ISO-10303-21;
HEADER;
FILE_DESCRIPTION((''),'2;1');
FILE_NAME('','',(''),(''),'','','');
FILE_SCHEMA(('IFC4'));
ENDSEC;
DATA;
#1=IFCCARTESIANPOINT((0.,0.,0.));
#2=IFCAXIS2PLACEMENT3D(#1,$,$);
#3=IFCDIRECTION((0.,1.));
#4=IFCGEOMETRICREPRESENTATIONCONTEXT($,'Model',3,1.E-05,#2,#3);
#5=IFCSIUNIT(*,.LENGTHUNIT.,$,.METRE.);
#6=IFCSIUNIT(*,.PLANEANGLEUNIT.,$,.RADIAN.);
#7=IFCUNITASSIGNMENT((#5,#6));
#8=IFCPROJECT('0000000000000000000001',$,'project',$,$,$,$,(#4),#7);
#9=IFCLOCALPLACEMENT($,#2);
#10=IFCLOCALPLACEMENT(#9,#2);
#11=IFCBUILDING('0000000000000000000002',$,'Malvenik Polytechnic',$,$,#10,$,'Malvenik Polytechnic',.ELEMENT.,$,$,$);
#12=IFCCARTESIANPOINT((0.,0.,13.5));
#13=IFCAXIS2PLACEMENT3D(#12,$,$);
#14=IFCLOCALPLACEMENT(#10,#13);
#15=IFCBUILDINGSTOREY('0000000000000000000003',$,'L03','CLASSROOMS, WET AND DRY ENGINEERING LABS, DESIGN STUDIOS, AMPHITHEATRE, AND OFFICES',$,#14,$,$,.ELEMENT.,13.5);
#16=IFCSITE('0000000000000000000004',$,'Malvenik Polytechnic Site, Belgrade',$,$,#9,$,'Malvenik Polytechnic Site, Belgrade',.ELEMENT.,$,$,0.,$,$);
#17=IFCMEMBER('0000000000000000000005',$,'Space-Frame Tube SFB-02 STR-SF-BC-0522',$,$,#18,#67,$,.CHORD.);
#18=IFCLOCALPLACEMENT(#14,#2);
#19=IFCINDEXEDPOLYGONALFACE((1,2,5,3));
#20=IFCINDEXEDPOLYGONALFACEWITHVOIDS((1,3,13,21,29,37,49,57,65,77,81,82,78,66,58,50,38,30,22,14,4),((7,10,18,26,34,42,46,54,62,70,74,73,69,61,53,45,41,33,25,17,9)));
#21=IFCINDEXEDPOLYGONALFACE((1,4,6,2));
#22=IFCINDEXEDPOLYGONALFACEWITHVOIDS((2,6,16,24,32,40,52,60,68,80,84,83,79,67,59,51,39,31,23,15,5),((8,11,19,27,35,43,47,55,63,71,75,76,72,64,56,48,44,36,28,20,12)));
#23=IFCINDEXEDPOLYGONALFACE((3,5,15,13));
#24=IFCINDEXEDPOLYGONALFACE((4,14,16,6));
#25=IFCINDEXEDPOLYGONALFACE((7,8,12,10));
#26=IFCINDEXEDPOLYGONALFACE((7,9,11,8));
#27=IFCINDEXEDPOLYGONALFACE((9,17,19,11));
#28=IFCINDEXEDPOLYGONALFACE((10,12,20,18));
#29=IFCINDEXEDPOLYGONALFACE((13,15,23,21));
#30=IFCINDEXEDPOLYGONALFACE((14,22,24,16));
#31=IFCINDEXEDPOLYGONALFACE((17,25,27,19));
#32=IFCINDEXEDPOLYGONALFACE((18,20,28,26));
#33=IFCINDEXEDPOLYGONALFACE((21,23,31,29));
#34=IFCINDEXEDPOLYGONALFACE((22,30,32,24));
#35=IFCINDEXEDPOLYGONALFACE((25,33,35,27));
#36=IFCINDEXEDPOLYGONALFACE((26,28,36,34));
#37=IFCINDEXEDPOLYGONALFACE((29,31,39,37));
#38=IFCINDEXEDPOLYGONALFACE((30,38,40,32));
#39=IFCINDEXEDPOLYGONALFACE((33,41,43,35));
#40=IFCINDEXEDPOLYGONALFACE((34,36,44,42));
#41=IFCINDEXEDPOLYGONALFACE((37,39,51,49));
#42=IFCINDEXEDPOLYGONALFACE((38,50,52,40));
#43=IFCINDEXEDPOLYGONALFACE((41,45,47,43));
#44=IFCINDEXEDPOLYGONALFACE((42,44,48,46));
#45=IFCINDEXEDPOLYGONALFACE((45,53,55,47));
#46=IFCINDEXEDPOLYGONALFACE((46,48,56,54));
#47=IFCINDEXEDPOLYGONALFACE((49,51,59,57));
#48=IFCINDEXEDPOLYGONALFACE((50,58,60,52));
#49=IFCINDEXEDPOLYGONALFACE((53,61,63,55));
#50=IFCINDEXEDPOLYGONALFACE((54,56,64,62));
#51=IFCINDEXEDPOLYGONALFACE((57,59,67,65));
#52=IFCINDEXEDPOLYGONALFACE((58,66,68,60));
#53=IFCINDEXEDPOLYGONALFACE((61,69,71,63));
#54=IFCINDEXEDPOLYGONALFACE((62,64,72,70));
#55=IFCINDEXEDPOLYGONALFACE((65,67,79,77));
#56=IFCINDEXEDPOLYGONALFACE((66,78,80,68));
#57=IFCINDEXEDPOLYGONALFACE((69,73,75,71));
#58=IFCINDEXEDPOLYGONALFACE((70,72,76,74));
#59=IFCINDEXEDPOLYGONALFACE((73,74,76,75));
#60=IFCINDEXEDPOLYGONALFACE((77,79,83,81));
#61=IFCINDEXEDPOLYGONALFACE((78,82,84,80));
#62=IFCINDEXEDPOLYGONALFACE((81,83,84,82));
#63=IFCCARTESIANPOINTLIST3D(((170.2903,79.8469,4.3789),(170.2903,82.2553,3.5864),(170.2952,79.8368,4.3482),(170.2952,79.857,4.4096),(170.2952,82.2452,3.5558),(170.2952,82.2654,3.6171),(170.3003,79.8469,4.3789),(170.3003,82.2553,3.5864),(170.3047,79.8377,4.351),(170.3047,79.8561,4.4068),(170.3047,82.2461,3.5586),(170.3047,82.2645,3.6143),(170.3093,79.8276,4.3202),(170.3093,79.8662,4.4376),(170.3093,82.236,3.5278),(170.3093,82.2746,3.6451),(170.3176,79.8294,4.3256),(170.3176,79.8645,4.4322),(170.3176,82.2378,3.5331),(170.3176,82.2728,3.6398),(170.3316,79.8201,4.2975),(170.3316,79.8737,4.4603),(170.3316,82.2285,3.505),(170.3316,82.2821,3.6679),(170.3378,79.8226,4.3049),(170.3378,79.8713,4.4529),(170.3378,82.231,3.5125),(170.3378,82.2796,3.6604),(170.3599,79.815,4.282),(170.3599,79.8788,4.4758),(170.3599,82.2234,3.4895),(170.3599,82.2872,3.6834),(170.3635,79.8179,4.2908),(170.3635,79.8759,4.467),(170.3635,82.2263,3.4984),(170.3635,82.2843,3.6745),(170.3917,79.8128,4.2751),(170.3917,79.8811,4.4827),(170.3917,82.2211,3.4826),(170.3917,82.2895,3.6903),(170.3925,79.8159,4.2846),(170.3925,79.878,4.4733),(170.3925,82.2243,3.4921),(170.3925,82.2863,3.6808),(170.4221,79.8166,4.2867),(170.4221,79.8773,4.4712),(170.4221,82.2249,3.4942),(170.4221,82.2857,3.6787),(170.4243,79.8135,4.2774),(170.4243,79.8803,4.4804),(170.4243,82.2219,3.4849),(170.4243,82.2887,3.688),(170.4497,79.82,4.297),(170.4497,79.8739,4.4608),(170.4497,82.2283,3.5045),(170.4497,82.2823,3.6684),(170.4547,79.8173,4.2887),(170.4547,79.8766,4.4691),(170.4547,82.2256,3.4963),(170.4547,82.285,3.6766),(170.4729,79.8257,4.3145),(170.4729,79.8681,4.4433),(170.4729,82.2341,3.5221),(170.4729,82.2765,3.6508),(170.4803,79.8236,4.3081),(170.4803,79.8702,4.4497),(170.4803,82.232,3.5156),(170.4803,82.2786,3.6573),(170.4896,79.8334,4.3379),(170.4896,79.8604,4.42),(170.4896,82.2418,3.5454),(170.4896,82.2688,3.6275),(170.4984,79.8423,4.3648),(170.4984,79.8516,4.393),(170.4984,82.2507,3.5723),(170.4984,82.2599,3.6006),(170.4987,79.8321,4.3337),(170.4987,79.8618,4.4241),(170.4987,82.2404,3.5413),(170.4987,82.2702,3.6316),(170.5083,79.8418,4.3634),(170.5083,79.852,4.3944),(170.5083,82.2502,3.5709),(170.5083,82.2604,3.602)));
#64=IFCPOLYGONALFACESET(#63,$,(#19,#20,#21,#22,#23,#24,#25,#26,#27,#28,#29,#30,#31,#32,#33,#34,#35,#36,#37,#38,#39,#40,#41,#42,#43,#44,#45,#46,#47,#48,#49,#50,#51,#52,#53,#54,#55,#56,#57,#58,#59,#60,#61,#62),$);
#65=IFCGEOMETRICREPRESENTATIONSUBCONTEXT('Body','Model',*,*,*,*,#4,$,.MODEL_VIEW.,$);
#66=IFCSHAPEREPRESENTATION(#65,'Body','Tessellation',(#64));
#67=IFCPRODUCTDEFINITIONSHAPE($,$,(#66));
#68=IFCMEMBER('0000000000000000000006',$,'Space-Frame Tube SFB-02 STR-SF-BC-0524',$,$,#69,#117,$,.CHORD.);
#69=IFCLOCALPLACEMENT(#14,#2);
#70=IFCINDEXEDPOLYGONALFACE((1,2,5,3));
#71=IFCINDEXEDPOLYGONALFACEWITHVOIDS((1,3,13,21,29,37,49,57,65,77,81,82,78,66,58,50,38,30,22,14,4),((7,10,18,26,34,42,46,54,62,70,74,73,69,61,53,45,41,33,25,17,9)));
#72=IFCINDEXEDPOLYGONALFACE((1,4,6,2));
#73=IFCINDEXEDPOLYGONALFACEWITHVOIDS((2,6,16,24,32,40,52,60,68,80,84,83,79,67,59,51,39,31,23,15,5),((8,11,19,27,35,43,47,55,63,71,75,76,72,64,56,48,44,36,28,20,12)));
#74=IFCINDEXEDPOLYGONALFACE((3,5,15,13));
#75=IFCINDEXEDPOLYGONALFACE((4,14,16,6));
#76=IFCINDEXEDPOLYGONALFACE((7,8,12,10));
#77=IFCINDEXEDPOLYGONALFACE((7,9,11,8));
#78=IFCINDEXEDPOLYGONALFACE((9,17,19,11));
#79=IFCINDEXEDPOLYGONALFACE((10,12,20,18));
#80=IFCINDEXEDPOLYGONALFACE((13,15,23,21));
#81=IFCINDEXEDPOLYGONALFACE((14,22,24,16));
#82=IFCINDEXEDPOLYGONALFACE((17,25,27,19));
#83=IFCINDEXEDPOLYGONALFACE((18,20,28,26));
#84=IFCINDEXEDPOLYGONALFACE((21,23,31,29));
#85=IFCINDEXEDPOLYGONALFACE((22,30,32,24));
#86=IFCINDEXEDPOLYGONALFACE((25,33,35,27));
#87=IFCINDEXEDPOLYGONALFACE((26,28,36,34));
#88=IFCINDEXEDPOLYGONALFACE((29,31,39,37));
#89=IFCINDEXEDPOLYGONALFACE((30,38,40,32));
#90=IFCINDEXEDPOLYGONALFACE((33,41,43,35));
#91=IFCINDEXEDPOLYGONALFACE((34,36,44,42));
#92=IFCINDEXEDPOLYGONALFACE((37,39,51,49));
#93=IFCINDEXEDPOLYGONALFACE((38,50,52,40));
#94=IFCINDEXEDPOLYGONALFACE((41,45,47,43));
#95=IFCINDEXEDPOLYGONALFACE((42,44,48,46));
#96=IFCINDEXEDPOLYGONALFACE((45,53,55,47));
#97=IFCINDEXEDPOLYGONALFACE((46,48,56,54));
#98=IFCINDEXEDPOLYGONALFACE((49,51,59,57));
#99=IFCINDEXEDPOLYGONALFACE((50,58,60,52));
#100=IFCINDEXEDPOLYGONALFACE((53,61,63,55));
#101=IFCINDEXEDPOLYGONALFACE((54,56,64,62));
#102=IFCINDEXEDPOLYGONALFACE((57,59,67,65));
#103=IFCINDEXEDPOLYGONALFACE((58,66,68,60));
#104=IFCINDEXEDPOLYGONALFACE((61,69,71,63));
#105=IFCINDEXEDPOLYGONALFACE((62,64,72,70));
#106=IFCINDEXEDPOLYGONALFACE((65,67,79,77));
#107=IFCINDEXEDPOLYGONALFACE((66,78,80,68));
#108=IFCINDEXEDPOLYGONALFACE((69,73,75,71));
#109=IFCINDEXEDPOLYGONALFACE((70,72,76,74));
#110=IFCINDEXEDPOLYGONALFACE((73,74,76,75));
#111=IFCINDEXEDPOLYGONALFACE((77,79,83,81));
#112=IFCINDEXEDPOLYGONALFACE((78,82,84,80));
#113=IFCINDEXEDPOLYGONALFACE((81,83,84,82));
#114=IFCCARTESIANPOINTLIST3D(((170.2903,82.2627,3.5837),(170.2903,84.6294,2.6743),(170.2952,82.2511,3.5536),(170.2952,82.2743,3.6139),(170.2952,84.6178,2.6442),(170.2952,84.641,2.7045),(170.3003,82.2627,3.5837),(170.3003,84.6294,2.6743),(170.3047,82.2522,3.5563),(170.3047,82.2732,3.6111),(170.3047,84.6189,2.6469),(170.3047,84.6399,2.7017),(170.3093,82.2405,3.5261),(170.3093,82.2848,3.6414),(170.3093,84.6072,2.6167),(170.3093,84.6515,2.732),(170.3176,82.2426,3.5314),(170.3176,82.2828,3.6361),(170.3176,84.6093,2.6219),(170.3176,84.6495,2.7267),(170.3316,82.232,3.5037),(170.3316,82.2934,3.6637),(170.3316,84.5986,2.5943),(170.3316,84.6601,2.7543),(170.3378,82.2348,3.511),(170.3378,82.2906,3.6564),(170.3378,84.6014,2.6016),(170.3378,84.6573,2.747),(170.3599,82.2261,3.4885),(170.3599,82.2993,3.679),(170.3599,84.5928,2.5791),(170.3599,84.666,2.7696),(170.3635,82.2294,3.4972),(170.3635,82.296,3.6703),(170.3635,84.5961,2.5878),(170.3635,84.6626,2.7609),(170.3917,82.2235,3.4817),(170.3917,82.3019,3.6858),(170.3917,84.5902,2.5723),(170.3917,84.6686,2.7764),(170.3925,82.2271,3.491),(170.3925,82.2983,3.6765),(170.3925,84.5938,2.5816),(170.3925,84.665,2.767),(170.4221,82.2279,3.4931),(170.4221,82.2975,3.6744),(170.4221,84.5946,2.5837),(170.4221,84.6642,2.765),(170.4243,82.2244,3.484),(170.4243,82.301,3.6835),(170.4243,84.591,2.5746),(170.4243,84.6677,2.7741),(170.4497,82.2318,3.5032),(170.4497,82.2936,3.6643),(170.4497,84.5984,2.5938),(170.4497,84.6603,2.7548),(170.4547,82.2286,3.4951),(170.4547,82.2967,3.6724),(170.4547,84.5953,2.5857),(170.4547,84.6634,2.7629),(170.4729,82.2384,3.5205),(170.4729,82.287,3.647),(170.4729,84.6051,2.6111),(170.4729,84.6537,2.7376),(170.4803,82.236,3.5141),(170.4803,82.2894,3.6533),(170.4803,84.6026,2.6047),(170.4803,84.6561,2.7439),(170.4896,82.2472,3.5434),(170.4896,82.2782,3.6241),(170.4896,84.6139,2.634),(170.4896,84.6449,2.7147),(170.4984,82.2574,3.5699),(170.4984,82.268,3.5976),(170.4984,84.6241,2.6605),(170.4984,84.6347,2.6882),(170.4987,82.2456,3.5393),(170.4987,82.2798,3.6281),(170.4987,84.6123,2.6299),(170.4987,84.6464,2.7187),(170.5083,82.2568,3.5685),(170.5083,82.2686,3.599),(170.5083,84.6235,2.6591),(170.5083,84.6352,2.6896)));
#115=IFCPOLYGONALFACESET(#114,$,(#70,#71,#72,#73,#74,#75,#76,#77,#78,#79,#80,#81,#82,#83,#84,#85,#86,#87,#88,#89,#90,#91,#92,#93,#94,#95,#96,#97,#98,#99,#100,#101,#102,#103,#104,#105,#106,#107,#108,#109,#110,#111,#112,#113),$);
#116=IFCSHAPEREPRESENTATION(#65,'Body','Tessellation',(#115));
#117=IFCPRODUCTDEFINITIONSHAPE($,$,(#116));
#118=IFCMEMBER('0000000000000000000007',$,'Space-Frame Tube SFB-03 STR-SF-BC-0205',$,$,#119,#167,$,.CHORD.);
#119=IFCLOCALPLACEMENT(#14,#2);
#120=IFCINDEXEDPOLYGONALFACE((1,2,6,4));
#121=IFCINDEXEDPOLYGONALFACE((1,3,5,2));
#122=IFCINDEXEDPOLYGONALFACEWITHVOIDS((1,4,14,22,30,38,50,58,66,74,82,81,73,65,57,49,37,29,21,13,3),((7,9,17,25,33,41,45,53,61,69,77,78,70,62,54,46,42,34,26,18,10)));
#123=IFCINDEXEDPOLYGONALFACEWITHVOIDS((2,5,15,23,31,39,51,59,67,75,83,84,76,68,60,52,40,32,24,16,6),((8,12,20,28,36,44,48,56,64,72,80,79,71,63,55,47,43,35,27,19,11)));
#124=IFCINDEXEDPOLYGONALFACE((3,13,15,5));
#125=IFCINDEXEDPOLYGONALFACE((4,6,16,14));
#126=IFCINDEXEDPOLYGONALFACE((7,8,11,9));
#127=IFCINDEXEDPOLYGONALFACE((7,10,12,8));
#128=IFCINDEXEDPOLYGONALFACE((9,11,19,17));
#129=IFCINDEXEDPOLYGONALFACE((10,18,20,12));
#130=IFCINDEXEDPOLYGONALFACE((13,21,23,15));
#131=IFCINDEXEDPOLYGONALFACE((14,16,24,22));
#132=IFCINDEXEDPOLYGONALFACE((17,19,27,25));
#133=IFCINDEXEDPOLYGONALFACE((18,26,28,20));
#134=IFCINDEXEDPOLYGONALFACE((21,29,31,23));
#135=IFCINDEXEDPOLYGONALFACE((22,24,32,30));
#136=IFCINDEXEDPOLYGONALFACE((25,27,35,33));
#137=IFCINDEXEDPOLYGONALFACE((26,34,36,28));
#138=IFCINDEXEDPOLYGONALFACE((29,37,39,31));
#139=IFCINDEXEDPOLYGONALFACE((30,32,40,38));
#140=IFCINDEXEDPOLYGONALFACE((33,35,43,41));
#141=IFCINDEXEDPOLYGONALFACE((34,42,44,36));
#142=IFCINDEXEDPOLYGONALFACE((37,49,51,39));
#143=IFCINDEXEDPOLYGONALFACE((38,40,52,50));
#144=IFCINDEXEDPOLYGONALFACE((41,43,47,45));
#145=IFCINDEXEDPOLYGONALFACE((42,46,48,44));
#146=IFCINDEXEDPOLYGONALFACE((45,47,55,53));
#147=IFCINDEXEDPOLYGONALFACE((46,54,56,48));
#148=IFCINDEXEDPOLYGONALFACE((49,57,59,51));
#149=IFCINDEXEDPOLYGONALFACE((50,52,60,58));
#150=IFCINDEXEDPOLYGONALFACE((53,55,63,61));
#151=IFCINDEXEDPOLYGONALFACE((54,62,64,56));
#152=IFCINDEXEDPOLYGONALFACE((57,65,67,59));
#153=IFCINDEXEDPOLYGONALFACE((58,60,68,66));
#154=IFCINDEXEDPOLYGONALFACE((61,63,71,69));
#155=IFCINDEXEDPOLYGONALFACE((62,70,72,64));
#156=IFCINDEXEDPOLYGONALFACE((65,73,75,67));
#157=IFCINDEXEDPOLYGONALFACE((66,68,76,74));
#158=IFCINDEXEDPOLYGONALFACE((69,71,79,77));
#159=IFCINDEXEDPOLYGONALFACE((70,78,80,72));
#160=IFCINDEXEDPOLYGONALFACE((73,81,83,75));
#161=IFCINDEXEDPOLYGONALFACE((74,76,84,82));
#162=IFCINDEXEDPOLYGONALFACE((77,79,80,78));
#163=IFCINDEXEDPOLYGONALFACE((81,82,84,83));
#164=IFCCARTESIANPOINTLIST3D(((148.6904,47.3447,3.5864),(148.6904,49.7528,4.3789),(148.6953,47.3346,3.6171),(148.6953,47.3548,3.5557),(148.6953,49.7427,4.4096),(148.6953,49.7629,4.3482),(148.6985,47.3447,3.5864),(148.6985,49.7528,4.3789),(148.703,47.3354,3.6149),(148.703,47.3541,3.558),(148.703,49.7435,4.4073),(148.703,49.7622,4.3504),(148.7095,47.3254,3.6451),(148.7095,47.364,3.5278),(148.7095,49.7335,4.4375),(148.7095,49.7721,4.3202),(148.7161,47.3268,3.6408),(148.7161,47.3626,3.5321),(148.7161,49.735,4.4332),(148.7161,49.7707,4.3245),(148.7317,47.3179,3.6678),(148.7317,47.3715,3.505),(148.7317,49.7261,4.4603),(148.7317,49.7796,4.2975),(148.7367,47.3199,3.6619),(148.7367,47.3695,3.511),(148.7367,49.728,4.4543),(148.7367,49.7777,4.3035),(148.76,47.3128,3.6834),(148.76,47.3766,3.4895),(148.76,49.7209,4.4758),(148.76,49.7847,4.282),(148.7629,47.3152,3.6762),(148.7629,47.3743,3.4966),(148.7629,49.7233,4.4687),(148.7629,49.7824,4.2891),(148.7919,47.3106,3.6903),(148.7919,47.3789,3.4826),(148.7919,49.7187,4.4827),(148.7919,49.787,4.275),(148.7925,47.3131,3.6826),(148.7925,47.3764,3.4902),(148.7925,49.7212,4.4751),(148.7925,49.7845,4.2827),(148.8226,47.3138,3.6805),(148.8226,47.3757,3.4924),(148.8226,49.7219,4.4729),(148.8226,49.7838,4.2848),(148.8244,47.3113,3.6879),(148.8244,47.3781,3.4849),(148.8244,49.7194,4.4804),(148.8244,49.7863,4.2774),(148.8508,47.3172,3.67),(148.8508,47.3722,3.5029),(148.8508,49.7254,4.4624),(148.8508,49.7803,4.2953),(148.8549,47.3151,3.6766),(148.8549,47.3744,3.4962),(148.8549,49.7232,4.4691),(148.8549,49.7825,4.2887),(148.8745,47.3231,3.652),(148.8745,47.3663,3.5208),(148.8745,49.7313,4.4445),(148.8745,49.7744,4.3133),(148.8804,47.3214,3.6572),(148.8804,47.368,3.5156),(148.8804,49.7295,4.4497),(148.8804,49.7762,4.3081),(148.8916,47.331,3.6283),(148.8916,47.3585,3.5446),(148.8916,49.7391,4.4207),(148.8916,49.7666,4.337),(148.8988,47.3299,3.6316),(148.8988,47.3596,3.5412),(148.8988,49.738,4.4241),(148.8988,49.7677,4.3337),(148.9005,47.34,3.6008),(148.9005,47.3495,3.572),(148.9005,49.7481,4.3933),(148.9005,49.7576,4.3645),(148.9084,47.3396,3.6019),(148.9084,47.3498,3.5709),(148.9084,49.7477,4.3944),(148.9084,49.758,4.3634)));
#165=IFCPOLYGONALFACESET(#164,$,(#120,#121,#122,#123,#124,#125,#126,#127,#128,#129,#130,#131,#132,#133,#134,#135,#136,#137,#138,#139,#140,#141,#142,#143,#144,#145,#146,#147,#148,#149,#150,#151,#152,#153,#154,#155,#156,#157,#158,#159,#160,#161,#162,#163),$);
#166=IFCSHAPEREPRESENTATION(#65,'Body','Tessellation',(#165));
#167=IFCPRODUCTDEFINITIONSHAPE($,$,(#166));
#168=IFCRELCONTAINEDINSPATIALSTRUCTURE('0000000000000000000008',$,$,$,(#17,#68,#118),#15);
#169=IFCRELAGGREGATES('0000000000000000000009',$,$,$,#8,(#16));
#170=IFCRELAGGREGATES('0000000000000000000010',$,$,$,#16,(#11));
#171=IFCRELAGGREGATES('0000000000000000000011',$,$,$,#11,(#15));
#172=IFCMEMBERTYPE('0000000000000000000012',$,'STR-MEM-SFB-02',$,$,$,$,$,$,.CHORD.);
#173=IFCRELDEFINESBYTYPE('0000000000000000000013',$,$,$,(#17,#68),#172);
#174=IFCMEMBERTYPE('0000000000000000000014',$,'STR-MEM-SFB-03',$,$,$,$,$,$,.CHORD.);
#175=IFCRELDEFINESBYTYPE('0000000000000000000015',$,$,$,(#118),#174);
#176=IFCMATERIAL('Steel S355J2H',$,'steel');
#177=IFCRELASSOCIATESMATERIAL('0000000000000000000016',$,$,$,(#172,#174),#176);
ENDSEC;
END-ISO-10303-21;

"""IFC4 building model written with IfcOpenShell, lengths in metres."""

from ifc_helpers import new_model, si_unit, direction, frame, origin, origin_2d, place, context, subcontext, project, spatial, hollow_circle, extrude, material, material_profile, profile_set, type_object, element, save


model = new_model("IFC4")

# Units and contexts
model_context = context("Model", 3, precision=1e-05, world=origin(), true_north=direction((0.0, 1.0)))
body_context = subcontext(model_context, "Body", "Model", "MODEL_VIEW")
ifc_project = project(units=[si_unit("LENGTHUNIT", "METRE"), si_unit("PLANEANGLEUNIT", "RADIAN")], contexts=[model_context])

# Site, building, storey
site_placement = place(None, origin())
site = spatial("IfcSite", under=ifc_project, at=site_placement, Name="Malvenik Polytechnic Site, Belgrade", LongName="Malvenik Polytechnic Site, Belgrade", CompositionType="ELEMENT", RefElevation=0.0)
building_placement = place(site_placement, origin())
building = spatial("IfcBuilding", under=site, at=building_placement, Name="Malvenik Polytechnic", LongName="Malvenik Polytechnic", CompositionType="ELEMENT")
storey_placement = place(building_placement, frame((0.0, 0.0, 13.5)))
storey = spatial("IfcBuildingStorey", under=building, at=storey_placement, Name="L03", Description="CLASSROOMS, WET AND DRY ENGINEERING LABS, DESIGN STUDIOS, AMPHITHEATRE, AND OFFICES", CompositionType="ELEMENT", Elevation=13.5)

# Members
ifc_material = material(Name="Steel S355J2H", Category="steel")
ifc_material_profile_1 = material_profile(ifc_material, hollow_circle(Radius=0.1096, WallThickness=0.01, at=origin_2d()), Name="CHS 219.1x10.0")
ifc_profile_set_1 = profile_set([ifc_material_profile_1], Name="Steel S355J2H")
member_type_1 = type_object("IfcMemberType", Name="STR-MEM-SFB-02", PredefinedType="CHORD", material=ifc_profile_set_1)
for number, where, z_axis, x_axis, name in (
    (1, (170.3999, 79.8469, 4.3789), (0.0, 0.949899, -0.312557), (-1.0, 0.0, 0.0), "Space-Frame Tube SFB-02 STR-SF-BC-0522"),
    (2, (170.3999, 82.2627, 3.5837), (0.0, 0.933457, -0.358689), (-1.0, 0.0, 0.0), "Space-Frame Tube SFB-02 STR-SF-BC-0524"),
):
    element("IfcMember", number, at=place(storey_placement, frame(where, z_axis=z_axis, x_axis=x_axis)), inside=storey, type_object=member_type_1, Name=name, PredefinedType="CHORD", context=body_context, shape_type="SweptSolid", body=[
        extrude(hollow_circle(Radius=0.1096, WallThickness=0.01, at=origin_2d()), origin(), (0.0, 0.0, 1.0), 2.5354),
    ])
ifc_material_profile_2 = material_profile(ifc_material, hollow_circle(Radius=0.1096, WallThickness=0.0081, at=origin_2d()), Name="CHS 219.1x8.0")
ifc_profile_set_2 = profile_set([ifc_material_profile_2], Name="Steel S355J2H")
member_type_2 = type_object("IfcMemberType", Name="STR-MEM-SFB-03", PredefinedType="CHORD", material=ifc_profile_set_2)
member_1_placement = place(storey_placement, frame((148.8, 47.3447, 3.5864), z_axis=(0.0, 0.94989, 0.312585), x_axis=(-1.0, 0.0, 0.0)))
element("IfcMember", 3, at=member_1_placement, inside=storey, type_object=member_type_2, Name="Space-Frame Tube SFB-03 STR-SF-BC-0205", PredefinedType="CHORD", context=body_context, shape_type="SweptSolid", body=[
    extrude(hollow_circle(Radius=0.1096, WallThickness=0.0081, at=origin_2d()), origin(), (0.0, 0.0, 1.0), 2.5352),
])

save(model, "model.ifc")
